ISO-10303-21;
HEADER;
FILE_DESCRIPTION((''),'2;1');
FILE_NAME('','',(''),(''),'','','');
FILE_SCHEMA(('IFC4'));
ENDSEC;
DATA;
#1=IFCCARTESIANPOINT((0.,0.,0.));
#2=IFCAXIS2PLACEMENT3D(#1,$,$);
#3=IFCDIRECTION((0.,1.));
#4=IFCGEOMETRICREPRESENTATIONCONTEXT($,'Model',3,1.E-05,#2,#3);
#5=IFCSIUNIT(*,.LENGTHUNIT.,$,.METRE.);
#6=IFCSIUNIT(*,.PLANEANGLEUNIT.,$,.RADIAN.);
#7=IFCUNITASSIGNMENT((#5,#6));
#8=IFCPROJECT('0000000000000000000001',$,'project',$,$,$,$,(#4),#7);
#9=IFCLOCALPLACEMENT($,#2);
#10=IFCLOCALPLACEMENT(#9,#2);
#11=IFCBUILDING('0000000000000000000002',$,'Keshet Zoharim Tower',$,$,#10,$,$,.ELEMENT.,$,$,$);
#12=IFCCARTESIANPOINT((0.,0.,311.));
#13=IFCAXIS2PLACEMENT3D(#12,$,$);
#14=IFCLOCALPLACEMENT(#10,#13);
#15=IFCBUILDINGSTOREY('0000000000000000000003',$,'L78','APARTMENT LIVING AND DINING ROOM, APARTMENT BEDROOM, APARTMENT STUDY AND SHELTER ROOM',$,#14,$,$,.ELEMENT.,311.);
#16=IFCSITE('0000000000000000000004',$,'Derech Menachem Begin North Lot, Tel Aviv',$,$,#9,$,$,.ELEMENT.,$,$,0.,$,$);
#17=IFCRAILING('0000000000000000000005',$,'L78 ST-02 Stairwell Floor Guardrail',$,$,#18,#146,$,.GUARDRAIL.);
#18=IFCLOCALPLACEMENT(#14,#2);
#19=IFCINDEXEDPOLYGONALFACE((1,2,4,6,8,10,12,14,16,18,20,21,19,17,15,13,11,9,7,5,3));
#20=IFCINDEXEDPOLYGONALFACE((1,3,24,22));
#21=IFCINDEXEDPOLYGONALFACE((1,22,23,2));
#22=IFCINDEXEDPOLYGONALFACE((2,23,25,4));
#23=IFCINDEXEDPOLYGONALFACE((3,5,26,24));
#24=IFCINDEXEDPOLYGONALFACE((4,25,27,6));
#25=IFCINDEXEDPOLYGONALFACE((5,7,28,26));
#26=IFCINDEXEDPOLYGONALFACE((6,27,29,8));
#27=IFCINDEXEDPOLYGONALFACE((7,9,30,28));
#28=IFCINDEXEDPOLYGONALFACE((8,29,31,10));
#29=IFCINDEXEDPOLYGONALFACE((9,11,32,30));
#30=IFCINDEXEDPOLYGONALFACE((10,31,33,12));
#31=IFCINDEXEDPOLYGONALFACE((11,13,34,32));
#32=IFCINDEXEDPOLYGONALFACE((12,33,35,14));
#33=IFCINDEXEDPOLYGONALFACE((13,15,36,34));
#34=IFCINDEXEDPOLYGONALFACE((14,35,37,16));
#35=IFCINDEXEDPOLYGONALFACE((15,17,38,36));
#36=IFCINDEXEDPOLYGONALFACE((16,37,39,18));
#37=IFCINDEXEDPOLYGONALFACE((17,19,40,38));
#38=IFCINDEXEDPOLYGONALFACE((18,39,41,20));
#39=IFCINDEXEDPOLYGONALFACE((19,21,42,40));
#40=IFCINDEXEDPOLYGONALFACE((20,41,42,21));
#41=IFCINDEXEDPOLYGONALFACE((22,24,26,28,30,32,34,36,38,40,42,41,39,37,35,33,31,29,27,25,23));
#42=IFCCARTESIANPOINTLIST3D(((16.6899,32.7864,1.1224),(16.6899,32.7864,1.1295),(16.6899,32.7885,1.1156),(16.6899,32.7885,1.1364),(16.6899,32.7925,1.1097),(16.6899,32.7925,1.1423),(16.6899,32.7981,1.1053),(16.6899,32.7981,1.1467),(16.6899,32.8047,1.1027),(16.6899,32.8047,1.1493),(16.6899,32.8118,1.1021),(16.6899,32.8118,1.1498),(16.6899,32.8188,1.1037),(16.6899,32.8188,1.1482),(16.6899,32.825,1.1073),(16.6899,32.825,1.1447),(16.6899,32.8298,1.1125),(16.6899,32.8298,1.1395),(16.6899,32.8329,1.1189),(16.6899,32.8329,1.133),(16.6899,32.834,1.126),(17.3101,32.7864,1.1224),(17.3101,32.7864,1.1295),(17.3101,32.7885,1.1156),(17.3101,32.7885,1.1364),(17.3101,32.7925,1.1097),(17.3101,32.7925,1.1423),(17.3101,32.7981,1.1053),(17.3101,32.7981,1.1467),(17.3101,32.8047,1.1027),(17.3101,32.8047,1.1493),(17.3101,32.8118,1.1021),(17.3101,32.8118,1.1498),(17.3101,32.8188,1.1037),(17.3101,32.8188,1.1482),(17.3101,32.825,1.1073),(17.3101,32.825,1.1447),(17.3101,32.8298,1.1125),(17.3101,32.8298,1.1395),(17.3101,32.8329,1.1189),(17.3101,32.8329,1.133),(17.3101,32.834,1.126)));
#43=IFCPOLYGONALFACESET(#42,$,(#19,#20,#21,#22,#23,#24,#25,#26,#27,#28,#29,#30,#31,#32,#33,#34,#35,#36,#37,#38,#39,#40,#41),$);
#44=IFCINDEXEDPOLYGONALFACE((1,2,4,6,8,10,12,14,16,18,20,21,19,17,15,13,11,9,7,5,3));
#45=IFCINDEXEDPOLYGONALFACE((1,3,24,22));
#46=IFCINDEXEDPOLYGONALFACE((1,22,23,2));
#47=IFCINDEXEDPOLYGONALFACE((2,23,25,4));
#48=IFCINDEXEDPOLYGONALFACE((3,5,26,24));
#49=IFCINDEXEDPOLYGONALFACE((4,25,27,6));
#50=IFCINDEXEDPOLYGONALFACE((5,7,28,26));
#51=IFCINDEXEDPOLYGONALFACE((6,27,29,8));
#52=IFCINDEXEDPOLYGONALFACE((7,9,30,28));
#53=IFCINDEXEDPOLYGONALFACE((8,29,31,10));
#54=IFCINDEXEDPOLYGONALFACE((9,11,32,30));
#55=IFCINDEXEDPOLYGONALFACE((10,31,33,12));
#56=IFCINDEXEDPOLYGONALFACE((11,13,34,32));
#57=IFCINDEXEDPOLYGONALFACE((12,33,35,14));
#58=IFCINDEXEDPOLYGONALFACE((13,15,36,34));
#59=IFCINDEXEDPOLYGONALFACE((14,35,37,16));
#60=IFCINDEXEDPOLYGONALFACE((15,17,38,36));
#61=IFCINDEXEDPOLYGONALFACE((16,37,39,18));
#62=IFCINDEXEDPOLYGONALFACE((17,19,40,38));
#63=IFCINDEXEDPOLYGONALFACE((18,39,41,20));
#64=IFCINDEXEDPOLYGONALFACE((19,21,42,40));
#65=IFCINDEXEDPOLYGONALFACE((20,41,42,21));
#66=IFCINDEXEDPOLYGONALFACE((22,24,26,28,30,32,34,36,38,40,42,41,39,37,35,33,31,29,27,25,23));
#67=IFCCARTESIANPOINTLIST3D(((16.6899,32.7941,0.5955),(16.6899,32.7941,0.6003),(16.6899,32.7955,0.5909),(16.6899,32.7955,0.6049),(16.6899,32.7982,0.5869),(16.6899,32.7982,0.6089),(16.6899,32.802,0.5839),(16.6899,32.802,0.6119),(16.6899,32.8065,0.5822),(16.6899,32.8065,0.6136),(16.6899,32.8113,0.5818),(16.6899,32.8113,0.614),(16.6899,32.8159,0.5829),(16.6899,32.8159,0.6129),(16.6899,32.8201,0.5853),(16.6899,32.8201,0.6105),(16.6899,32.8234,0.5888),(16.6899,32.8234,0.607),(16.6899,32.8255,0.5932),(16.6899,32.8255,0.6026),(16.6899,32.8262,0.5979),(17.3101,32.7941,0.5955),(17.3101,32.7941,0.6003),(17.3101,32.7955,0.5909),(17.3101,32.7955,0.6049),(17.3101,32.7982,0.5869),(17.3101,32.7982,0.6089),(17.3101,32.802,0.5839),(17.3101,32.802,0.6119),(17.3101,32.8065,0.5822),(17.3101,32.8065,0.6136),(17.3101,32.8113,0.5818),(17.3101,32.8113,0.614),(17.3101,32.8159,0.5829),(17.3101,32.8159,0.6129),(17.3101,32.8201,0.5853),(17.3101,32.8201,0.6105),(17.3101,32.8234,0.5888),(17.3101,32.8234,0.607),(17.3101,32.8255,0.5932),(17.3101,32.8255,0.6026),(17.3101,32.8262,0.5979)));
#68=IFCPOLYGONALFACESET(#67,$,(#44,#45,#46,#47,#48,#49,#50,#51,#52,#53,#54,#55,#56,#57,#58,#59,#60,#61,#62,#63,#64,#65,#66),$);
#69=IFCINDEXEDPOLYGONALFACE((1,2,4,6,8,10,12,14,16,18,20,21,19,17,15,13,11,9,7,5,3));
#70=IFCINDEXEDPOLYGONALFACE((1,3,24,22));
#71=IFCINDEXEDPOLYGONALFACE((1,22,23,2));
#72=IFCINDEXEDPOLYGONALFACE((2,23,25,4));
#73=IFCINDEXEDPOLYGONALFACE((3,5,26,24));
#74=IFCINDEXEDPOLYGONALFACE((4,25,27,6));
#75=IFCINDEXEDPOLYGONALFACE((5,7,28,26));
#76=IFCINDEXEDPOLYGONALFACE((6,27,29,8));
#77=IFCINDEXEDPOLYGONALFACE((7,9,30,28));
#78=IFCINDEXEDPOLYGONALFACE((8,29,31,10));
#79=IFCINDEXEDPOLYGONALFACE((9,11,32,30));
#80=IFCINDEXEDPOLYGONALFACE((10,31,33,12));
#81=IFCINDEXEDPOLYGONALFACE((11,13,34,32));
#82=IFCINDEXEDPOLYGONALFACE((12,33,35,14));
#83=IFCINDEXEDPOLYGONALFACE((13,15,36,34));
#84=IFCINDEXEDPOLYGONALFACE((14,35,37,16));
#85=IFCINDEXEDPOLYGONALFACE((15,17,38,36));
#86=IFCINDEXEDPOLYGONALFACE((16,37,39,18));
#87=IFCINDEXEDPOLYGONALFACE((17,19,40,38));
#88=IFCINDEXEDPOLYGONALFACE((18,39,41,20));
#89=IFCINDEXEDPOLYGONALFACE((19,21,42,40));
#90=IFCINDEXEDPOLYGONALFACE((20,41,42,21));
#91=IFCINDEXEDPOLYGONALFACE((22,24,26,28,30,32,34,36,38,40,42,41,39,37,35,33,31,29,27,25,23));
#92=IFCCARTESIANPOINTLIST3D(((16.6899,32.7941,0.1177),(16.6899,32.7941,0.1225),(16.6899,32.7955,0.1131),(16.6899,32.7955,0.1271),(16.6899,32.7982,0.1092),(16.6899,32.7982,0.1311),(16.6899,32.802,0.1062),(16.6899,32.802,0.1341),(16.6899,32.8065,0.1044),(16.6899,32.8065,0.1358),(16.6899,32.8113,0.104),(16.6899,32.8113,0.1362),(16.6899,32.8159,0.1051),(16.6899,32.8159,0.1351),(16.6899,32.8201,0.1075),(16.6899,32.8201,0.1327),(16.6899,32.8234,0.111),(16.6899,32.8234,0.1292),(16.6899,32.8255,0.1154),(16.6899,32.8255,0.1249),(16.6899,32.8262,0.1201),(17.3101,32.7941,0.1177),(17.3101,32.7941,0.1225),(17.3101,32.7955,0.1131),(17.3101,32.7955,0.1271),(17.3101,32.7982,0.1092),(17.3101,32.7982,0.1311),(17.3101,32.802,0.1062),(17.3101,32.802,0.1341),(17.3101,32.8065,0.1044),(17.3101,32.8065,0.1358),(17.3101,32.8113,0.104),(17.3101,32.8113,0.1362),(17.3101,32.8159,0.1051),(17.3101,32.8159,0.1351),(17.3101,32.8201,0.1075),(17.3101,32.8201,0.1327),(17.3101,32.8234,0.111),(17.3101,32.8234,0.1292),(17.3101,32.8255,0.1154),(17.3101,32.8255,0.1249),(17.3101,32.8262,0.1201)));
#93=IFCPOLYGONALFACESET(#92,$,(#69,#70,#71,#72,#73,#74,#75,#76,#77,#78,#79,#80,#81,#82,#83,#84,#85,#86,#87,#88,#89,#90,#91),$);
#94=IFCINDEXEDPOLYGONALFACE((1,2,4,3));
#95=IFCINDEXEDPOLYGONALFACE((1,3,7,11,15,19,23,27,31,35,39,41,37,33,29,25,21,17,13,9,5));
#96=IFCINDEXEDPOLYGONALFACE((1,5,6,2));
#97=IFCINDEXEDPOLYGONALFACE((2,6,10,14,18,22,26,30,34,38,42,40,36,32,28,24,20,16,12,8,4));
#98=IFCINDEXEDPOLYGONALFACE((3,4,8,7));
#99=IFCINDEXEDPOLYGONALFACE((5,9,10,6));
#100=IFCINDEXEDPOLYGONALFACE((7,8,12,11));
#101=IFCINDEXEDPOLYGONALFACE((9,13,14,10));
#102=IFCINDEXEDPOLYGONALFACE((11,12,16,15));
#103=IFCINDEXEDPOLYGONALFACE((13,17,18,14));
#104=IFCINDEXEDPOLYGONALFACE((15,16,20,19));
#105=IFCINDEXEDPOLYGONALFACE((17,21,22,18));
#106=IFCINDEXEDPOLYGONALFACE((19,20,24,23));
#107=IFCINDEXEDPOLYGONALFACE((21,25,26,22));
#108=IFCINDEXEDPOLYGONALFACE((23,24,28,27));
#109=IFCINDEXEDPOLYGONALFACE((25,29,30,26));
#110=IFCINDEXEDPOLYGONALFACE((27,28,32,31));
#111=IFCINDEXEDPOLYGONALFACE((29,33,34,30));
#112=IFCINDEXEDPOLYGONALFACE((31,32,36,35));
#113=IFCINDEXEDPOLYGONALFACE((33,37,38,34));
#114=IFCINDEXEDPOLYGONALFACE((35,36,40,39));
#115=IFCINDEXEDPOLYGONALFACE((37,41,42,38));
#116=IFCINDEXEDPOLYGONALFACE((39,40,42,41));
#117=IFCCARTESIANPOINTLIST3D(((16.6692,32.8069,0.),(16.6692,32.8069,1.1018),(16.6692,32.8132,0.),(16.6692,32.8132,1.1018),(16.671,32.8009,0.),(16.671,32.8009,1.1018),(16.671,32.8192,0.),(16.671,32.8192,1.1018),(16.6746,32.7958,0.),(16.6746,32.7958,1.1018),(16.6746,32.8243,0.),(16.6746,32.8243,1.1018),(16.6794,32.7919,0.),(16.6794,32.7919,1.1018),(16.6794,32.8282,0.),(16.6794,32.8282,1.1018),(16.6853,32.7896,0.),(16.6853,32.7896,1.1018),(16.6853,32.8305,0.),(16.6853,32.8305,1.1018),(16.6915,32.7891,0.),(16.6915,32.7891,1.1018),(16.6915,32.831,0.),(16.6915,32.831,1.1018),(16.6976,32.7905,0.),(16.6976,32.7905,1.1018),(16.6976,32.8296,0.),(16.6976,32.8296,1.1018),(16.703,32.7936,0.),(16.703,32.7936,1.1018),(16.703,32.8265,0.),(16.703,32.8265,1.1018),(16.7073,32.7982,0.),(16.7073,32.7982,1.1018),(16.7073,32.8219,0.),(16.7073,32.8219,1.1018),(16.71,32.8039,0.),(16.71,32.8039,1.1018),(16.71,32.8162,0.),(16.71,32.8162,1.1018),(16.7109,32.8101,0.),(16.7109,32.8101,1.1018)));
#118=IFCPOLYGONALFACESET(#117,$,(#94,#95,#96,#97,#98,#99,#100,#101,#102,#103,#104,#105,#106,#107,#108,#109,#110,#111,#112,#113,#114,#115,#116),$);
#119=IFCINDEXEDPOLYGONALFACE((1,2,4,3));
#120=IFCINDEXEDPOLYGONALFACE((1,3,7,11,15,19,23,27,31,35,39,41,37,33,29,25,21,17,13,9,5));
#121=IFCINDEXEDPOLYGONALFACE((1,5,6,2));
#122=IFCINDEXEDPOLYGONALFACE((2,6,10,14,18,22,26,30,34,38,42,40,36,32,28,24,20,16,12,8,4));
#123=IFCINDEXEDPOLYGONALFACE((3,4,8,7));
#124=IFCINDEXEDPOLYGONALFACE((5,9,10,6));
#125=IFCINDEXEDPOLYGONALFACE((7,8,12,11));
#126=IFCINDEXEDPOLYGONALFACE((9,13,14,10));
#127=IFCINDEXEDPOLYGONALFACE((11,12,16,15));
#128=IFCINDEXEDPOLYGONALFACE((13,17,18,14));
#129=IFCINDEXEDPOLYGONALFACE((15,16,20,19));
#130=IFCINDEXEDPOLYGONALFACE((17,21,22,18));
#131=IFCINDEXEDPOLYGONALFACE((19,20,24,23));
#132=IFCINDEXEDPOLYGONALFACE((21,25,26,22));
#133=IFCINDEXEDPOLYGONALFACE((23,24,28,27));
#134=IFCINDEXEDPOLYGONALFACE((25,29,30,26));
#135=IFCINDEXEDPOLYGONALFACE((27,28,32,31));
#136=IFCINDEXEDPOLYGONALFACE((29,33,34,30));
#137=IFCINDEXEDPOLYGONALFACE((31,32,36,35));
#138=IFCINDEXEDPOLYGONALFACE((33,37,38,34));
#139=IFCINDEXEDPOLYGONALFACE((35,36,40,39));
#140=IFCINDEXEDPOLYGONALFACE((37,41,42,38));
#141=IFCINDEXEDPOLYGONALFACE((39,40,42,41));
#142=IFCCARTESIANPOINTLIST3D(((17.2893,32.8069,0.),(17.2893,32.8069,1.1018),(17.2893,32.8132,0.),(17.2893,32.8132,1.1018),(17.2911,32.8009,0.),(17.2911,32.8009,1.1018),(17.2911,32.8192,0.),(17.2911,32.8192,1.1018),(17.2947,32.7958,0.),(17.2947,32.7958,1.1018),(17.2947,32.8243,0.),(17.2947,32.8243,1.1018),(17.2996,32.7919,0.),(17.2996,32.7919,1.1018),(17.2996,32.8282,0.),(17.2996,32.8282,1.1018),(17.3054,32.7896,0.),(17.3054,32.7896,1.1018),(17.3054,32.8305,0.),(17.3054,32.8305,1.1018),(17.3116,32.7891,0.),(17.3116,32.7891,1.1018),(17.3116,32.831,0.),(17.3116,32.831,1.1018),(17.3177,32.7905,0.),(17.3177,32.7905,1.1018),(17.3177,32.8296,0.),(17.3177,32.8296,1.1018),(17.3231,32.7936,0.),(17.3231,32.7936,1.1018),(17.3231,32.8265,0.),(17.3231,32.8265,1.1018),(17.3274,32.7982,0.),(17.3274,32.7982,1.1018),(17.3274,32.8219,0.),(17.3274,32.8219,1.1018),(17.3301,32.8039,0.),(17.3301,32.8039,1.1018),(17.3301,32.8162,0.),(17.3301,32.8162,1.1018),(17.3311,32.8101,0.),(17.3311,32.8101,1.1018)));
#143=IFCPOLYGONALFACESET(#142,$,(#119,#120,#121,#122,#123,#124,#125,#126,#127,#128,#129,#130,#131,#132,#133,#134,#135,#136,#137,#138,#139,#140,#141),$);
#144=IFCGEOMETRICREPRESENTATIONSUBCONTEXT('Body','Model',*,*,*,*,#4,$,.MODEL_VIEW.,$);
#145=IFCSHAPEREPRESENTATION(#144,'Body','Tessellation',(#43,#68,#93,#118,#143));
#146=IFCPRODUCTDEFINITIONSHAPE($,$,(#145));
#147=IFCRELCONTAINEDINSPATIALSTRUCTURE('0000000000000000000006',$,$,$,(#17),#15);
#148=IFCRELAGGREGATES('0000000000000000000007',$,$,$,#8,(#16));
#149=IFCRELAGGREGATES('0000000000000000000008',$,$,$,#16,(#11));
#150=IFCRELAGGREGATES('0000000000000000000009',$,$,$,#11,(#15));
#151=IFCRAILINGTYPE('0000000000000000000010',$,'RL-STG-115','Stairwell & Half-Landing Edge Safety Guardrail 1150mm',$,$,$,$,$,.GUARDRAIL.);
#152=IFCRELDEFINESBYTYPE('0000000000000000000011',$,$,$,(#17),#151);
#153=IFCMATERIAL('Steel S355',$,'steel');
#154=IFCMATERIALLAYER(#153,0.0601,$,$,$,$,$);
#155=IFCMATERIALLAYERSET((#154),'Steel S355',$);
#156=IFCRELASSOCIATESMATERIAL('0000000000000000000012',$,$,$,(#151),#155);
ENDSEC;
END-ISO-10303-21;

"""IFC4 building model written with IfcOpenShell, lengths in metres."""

from ifc_helpers import new_model, si_unit, direction, frame, origin, origin_2d, place, context, subcontext, project, spatial, circle, extrude, material, layer, layer_set, type_object, element, save


model = new_model("IFC4")

# Units and contexts
model_context = context("Model", 3, precision=1e-05, world=origin(), true_north=direction((0.0, 1.0)))
body_context = subcontext(model_context, "Body", "Model", "MODEL_VIEW")
ifc_project = project(units=[si_unit("LENGTHUNIT", "METRE"), si_unit("PLANEANGLEUNIT", "RADIAN")], contexts=[model_context])

# Site, building, storey
site_placement = place(None, origin())
site = spatial("IfcSite", under=ifc_project, at=site_placement, Name="Derech Menachem Begin North Lot, Tel Aviv", CompositionType="ELEMENT", RefElevation=0.0)
building_placement = place(site_placement, origin())
building = spatial("IfcBuilding", under=site, at=building_placement, Name="Keshet Zoharim Tower", CompositionType="ELEMENT")
storey_placement = place(building_placement, frame((0.0, 0.0, 311.0)))
storey = spatial("IfcBuildingStorey", under=building, at=storey_placement, Name="L78", Description="APARTMENT LIVING AND DINING ROOM, APARTMENT BEDROOM, APARTMENT STUDY AND SHELTER ROOM", CompositionType="ELEMENT", Elevation=311.0)

# Shared definitions
ifc_material_1 = material(Name="Steel S355", Category="steel")

# Railing
ifc_layer_1 = layer(ifc_material_1, 0.0601)
ifc_layer_set_1 = layer_set([ifc_layer_1], Name="Steel S355")
railing_type_1 = type_object("IfcRailingType", Name="RL-STG-115", Description="Stairwell & Half-Landing Edge Safety Guardrail 1150mm", PredefinedType="GUARDRAIL", material=ifc_layer_set_1)
railing_1_placement = place(storey_placement, frame((16.6899, 32.8101, 0.0)))
element("IfcRailing", 1, at=railing_1_placement, inside=storey, type_object=railing_type_1, Name="L78 ST-02 Stairwell Floor Guardrail", PredefinedType="GUARDRAIL", context=body_context, shape_type="SweptSolid", body=[
    extrude(circle(Radius=0.0239, at=origin_2d()), frame((0.0, 0.0, 1.126), z_axis=(1.0, 0.0, 0.0), x_axis=(0.0, 1.0, 0.0)), (0.0, 0.0, 1.0), 0.6201),
    extrude(circle(Radius=0.0161, at=origin_2d()), frame((0.0, 0.0, 0.5979), z_axis=(1.0, 0.0, 0.0), x_axis=(0.0, 1.0, 0.0)), (0.0, 0.0, 1.0), 0.6201),
    extrude(circle(Radius=0.0161, at=origin_2d()), frame((0.0, 0.0, 0.1201), z_axis=(1.0, 0.0, 0.0), x_axis=(0.0, 1.0, 0.0)), (0.0, 0.0, 1.0), 0.6201),
    extrude(circle(Radius=0.021, at=origin_2d()), origin(), (0.0, 0.0, 1.0), 1.1018),
    extrude(circle(Radius=0.021, at=origin_2d()), frame((0.6201, 0.0, 0.0)), (0.0, 0.0, 1.0), 1.1018),
])

save(model, "model.ifc")
